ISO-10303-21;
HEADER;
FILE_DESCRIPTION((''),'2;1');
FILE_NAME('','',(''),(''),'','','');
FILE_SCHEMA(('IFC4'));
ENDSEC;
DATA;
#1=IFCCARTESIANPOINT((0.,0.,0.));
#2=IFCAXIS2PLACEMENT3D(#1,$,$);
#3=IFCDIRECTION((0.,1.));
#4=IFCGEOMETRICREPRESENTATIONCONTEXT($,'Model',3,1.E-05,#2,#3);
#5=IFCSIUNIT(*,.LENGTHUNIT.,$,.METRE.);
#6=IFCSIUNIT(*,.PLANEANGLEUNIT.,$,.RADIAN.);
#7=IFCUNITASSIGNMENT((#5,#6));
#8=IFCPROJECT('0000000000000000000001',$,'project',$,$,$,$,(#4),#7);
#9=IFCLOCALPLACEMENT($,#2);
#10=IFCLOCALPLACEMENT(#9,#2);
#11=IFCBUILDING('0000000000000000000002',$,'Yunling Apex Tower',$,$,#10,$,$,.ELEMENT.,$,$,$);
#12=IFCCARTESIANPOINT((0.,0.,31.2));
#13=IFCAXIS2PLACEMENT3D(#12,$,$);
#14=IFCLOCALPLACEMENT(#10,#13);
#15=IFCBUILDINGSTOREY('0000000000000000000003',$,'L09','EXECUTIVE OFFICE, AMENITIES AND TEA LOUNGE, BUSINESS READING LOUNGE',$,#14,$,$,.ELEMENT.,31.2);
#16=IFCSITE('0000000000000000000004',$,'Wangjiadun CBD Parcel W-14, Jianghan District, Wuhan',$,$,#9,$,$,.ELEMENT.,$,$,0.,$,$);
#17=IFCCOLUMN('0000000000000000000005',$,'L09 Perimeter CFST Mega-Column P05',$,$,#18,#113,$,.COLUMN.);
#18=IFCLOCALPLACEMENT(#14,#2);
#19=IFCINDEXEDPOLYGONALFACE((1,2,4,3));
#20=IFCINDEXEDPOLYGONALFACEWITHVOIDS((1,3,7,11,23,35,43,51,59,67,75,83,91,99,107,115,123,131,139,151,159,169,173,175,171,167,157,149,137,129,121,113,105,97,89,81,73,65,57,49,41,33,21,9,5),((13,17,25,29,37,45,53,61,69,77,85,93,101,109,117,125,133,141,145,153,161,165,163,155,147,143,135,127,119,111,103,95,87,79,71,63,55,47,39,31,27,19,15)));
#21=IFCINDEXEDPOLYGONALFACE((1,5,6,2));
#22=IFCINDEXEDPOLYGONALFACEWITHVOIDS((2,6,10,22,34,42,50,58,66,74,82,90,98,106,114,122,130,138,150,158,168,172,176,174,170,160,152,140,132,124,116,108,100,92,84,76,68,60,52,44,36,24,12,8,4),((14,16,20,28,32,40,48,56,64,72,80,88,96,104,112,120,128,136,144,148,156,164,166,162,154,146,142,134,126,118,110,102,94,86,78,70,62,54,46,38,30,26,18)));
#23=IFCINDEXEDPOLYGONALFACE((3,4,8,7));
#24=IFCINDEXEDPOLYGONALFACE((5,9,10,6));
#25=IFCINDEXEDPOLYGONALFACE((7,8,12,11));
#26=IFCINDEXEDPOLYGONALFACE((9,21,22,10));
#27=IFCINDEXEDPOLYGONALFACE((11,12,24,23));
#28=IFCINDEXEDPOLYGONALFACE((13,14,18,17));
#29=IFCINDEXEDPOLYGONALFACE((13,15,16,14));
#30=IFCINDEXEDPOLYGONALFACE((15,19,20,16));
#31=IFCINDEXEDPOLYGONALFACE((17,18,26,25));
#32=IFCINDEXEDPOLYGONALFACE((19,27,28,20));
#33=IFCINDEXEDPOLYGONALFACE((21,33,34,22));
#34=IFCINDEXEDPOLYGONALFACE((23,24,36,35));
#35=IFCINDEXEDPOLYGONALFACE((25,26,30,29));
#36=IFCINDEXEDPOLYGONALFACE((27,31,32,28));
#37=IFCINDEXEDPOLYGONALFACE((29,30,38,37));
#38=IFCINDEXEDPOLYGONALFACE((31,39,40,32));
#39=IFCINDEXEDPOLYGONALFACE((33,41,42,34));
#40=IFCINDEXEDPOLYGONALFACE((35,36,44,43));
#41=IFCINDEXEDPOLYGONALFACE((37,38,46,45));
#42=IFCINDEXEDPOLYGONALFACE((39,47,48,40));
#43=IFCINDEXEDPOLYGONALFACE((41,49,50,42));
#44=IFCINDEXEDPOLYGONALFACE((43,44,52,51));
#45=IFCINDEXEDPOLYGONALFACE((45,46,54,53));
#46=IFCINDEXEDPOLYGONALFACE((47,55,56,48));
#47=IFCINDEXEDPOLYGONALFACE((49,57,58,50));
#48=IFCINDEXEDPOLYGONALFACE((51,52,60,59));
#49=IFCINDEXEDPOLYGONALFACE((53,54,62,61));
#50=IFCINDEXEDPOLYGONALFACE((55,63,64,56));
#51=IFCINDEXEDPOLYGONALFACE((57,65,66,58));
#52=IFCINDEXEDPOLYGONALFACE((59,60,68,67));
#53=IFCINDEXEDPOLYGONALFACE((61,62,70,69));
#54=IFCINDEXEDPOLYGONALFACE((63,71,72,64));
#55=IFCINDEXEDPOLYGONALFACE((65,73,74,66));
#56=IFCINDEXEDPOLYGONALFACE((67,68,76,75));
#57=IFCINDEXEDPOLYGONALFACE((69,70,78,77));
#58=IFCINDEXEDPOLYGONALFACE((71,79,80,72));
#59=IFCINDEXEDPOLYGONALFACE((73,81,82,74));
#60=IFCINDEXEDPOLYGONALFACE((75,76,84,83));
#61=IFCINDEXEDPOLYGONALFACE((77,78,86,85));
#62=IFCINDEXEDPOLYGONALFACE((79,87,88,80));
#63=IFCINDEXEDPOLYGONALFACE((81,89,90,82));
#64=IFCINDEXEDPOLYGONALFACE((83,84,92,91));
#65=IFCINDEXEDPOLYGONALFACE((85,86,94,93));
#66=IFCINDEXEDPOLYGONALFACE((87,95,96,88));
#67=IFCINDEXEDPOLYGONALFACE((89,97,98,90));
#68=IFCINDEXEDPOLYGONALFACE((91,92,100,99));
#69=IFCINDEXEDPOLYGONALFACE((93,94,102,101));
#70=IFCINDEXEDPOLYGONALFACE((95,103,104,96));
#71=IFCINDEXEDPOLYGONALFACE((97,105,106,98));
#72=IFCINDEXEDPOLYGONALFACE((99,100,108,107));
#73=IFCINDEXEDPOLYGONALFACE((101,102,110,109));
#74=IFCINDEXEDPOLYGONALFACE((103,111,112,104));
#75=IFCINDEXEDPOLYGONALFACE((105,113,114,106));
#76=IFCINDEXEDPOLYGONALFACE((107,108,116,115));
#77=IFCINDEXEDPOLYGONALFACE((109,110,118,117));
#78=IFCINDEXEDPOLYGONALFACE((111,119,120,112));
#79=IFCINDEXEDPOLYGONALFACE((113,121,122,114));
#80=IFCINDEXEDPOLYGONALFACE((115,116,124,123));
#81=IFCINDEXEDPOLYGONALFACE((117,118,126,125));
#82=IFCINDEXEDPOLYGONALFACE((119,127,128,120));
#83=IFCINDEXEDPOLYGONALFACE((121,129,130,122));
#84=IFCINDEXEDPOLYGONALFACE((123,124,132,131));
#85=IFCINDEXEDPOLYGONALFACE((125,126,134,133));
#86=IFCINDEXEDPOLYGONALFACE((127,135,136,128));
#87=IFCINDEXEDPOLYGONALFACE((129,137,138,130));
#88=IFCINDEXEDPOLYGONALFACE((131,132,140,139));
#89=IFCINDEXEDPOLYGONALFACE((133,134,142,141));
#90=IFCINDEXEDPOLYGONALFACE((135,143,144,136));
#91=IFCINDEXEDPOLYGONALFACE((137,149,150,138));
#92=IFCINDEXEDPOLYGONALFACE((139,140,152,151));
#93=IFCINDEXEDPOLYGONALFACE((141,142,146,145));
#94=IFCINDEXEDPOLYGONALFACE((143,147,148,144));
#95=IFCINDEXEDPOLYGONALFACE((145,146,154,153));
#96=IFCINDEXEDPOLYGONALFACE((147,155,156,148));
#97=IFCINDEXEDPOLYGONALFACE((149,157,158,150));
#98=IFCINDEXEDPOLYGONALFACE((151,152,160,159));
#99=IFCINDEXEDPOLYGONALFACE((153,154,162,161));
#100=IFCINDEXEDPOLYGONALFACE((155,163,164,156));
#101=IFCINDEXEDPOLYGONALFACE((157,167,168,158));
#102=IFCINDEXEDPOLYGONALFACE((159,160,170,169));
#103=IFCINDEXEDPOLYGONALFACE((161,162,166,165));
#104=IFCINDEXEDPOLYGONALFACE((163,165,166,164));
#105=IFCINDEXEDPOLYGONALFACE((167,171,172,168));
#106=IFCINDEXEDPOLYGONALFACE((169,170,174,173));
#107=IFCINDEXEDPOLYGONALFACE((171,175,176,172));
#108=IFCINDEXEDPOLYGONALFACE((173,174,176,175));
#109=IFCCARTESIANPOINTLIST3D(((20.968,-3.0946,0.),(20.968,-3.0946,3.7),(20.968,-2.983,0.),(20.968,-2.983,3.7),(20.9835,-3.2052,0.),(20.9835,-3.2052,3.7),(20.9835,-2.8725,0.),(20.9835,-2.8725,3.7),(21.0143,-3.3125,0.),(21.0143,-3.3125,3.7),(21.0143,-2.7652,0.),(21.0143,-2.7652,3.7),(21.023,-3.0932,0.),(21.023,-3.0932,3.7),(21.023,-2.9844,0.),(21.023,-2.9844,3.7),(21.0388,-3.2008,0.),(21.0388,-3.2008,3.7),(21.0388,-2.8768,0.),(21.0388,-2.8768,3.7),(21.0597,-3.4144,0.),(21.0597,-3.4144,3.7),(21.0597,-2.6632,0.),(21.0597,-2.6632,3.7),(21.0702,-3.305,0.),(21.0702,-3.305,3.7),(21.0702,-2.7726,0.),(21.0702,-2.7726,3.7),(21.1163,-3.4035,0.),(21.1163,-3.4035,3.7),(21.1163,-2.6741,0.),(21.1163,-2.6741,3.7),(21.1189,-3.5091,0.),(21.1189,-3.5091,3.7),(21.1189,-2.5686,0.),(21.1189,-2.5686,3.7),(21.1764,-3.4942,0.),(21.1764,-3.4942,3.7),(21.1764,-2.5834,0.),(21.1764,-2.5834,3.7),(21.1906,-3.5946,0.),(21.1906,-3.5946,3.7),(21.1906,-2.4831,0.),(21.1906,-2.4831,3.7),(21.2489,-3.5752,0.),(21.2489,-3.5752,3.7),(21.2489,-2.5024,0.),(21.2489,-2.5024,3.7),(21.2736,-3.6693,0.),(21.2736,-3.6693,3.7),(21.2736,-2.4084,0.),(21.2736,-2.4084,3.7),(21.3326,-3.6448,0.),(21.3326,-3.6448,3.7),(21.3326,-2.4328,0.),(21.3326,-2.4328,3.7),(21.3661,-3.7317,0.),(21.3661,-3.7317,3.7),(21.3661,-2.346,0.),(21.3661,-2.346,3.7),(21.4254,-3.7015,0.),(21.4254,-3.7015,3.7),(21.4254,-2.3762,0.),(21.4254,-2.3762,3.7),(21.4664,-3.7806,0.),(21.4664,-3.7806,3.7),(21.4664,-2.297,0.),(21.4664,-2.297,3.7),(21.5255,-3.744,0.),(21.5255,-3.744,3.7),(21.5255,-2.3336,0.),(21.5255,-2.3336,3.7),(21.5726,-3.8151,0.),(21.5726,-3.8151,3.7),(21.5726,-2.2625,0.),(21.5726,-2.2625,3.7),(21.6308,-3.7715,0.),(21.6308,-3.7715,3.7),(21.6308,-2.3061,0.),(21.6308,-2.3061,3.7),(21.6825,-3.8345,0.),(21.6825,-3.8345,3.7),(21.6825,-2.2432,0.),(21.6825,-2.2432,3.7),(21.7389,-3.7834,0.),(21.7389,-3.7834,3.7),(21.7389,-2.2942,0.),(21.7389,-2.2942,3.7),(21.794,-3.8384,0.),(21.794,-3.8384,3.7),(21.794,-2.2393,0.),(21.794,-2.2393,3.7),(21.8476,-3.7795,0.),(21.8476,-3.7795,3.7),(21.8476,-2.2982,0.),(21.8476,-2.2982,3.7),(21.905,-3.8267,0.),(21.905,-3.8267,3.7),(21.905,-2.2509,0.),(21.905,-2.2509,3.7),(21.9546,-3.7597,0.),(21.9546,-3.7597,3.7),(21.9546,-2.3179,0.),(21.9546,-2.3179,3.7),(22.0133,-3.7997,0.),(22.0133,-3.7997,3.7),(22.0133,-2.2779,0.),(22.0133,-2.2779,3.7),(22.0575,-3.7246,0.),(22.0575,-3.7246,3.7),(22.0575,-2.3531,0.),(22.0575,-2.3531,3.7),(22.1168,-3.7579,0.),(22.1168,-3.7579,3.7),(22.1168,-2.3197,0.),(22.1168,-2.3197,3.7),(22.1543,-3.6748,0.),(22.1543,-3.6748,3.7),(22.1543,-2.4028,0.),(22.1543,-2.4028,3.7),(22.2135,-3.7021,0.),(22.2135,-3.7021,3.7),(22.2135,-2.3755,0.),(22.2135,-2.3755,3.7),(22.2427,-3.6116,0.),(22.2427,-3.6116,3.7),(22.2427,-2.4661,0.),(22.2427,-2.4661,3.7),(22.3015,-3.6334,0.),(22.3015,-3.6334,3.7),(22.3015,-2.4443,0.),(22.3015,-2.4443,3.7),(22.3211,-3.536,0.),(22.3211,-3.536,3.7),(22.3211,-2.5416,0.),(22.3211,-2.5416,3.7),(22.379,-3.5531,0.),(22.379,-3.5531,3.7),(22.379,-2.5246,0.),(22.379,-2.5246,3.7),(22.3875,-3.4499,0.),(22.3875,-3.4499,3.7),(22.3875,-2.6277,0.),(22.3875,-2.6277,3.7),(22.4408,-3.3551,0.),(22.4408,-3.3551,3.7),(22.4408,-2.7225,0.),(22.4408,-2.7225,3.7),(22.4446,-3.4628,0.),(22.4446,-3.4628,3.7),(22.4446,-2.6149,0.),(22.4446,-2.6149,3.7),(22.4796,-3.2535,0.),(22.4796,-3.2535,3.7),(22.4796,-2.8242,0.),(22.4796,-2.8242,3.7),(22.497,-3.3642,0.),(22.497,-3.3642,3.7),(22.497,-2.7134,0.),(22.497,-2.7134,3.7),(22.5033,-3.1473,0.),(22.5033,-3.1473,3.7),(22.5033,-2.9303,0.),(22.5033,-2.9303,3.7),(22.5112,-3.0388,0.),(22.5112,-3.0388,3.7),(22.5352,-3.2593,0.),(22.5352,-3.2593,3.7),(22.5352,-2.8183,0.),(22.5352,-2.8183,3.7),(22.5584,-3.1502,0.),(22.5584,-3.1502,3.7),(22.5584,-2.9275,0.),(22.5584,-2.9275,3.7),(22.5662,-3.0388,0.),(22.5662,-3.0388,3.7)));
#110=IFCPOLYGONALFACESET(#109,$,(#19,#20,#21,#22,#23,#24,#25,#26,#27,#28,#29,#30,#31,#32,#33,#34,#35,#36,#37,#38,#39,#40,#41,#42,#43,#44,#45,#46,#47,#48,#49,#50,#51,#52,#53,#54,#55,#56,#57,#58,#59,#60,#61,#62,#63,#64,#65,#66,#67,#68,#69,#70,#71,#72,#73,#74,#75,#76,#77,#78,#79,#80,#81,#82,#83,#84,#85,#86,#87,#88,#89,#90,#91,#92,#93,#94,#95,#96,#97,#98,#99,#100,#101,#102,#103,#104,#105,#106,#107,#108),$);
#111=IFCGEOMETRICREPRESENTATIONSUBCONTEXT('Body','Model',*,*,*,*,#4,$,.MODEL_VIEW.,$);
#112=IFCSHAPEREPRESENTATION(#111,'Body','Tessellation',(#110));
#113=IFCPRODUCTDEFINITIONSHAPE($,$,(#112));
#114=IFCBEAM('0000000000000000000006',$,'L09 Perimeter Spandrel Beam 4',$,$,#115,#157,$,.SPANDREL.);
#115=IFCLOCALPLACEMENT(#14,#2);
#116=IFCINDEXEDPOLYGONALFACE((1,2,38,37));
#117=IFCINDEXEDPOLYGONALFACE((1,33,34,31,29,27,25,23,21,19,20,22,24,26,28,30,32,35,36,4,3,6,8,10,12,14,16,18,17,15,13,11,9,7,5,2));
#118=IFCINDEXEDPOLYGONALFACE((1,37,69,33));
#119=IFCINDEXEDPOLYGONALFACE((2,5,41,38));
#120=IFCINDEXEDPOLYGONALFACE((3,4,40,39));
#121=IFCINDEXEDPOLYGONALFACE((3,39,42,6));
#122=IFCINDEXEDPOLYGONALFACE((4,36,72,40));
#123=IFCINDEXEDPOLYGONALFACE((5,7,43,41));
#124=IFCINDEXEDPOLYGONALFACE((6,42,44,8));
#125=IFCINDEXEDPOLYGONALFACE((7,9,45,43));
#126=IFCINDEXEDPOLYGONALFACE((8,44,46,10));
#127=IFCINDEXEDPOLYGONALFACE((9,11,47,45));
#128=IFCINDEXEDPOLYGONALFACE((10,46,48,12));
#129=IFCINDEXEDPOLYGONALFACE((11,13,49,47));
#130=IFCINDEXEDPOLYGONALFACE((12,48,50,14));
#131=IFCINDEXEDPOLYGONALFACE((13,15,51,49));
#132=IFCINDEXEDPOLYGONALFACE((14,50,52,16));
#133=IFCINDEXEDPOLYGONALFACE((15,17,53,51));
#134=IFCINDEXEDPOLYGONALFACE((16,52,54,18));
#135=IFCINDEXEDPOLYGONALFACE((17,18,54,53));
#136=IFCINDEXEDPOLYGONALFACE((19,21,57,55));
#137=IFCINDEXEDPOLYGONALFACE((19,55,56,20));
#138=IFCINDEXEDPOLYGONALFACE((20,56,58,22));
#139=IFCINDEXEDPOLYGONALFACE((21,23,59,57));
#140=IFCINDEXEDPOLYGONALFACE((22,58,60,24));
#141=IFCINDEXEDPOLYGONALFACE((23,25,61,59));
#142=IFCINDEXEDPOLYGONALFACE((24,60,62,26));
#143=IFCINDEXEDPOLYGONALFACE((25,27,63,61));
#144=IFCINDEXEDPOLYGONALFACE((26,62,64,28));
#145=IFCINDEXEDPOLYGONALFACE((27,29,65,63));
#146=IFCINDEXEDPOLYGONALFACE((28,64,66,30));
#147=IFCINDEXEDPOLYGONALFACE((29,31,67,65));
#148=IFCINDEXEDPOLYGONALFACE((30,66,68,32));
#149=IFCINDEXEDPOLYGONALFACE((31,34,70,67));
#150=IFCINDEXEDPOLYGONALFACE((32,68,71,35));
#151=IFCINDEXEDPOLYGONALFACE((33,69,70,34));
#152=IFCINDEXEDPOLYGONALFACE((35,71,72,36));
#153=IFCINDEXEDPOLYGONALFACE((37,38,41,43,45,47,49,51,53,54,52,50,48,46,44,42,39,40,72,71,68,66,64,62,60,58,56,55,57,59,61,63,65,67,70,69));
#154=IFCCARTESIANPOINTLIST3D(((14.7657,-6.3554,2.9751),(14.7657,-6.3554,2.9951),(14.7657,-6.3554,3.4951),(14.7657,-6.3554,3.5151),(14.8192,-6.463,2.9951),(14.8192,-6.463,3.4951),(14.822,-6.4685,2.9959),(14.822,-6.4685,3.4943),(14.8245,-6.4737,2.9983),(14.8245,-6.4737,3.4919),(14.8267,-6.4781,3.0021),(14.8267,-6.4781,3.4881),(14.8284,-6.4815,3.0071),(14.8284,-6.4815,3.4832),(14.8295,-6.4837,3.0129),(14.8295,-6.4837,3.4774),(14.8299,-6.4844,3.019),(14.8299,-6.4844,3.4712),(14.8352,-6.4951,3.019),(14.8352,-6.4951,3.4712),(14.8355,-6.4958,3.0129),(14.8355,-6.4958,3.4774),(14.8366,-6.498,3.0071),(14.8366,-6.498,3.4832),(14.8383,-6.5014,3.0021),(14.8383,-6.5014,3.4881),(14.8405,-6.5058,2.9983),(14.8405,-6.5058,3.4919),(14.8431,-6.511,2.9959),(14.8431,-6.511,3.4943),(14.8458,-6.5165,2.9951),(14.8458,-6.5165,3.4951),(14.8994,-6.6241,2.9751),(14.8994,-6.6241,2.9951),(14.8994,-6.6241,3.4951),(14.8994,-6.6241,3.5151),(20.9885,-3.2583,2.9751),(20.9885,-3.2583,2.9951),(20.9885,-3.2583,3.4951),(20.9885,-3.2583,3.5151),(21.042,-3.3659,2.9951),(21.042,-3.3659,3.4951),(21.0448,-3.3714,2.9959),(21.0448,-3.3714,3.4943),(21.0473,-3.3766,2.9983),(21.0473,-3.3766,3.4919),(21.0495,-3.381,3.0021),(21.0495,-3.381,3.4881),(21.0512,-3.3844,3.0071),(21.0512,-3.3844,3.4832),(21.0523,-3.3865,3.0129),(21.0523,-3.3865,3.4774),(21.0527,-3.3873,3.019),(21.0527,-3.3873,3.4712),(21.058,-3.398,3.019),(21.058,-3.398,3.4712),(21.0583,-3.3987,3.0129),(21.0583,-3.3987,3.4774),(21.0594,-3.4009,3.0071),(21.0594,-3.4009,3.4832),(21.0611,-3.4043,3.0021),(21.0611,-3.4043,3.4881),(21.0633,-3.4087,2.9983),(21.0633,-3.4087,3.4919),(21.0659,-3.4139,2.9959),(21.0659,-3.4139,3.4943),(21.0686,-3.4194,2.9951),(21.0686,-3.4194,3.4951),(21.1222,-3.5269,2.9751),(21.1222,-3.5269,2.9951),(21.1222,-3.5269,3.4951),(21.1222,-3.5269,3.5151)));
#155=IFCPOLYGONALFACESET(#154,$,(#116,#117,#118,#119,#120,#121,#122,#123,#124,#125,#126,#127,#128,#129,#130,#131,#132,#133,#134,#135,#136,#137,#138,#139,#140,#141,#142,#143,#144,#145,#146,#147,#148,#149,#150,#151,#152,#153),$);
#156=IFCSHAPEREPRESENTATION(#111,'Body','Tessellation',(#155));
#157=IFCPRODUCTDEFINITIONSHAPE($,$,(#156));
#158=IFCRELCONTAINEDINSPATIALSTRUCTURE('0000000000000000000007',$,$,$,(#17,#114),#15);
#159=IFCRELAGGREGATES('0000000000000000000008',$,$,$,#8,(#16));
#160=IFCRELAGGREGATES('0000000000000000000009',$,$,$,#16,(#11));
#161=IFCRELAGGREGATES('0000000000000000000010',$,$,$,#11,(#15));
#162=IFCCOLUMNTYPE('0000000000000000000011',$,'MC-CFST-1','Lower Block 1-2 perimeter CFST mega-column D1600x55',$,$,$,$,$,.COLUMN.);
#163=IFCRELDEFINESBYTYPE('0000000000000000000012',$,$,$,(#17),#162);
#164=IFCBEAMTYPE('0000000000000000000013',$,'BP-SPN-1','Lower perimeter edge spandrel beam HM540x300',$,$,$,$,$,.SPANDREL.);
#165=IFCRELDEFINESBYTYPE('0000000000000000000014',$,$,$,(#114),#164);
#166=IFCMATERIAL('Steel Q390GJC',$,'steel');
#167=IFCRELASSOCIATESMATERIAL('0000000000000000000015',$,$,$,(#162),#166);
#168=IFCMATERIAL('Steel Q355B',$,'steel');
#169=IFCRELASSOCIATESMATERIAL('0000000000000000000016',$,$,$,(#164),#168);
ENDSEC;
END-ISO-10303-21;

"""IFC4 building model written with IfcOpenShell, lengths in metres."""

from ifc_helpers import new_model, si_unit, direction, frame, origin, origin_2d, place, context, subcontext, project, spatial, hollow_circle, i_section, extrude, source, transform, mapped, material, material_profile, profile_set, type_object, element, save


model = new_model("IFC4")

# Units and contexts
model_context = context("Model", 3, precision=1e-05, world=origin(), true_north=direction((0.0, 1.0)))
body_context = subcontext(model_context, "Body", "Model", "MODEL_VIEW")
ifc_project = project(units=[si_unit("LENGTHUNIT", "METRE"), si_unit("PLANEANGLEUNIT", "RADIAN")], contexts=[model_context])

# Site, building, storey
site_placement = place(None, origin())
site = spatial("IfcSite", under=ifc_project, at=site_placement, Name="Wangjiadun CBD Parcel W-14, Jianghan District, Wuhan", CompositionType="ELEMENT", RefElevation=0.0)
building_placement = place(site_placement, origin())
building = spatial("IfcBuilding", under=site, at=building_placement, Name="Yunling Apex Tower", CompositionType="ELEMENT")
storey_placement = place(building_placement, frame((0.0, 0.0, 31.2)))
storey = spatial("IfcBuildingStorey", under=building, at=storey_placement, Name="L09", Description="EXECUTIVE OFFICE, AMENITIES AND TEA LOUNGE, BUSINESS READING LOUNGE", CompositionType="ELEMENT", Elevation=31.2)

# Column
ifc_material_1 = material(Name="Steel Q390GJC", Category="steel")
ifc_material_profile_1 = material_profile(ifc_material_1, hollow_circle(Radius=0.8, WallThickness=0.0549, at=origin_2d()))
ifc_profile_set_1 = profile_set([ifc_material_profile_1], Name="Steel Q390GJC")
column_type = type_object("IfcColumnType", Name="MC-CFST-1", Description="Lower Block 1-2 perimeter CFST mega-column D1600x55", PredefinedType="COLUMN", material=ifc_profile_set_1)
shared_shape_1 = source(origin(), body_context, "Body", "SweptSolid", [
    extrude(hollow_circle(Radius=0.8, WallThickness=0.0549, at=origin_2d()), origin(), (0.0, 0.0, 1.0), 3.7),
])
column_placement = place(storey_placement, frame((21.7661, -3.0388, 0.0), z_axis=(0.0, 0.0, 1.0), x_axis=(1.0, 0.0, 0.0)))
element("IfcColumn", 1, at=column_placement, inside=storey, type_object=column_type, Name="L09 Perimeter CFST Mega-Column P05", PredefinedType="COLUMN", context=body_context, shape_type="MappedRepresentation", body=[
    mapped(shared_shape_1, transform((0.0, 0.0, 0.0), scale=1.0)),
])

# Beam
ifc_material_2 = material(Name="Steel Q355B", Category="steel")
ifc_material_profile_2 = material_profile(ifc_material_2, i_section(OverallWidth=0.3, OverallDepth=0.54, WebThickness=0.012, FlangeThickness=0.02, FilletRadius=0.0239, at=origin_2d()))
ifc_profile_set_2 = profile_set([ifc_material_profile_2], Name="Steel Q355B")
beam_type_1 = type_object("IfcBeamType", Name="BP-SPN-1", Description="Lower perimeter edge spandrel beam HM540x300", PredefinedType="SPANDREL", material=ifc_profile_set_2)
shared_shape_2 = source(origin(), body_context, "Body", "SweptSolid", [
    extrude(i_section(OverallWidth=0.3, OverallDepth=0.54, WebThickness=0.012, FlangeThickness=0.02, FilletRadius=0.0239, at=origin_2d()), origin(), (0.0, 0.0, 1.0), 6.9509),
])
beam_1_placement = place(storey_placement, frame((14.8325, -6.4897, 3.2451), z_axis=(0.895248, 0.445569, 0.0), x_axis=(-0.445569, 0.895248, 0.0)))
element("IfcBeam", 2, at=beam_1_placement, inside=storey, type_object=beam_type_1, Name="L09 Perimeter Spandrel Beam 4", PredefinedType="SPANDREL", context=body_context, shape_type="MappedRepresentation", body=[
    mapped(shared_shape_2, transform((0.0, 0.0, 0.0), scale=1.0)),
])

save(model, "model.ifc")
